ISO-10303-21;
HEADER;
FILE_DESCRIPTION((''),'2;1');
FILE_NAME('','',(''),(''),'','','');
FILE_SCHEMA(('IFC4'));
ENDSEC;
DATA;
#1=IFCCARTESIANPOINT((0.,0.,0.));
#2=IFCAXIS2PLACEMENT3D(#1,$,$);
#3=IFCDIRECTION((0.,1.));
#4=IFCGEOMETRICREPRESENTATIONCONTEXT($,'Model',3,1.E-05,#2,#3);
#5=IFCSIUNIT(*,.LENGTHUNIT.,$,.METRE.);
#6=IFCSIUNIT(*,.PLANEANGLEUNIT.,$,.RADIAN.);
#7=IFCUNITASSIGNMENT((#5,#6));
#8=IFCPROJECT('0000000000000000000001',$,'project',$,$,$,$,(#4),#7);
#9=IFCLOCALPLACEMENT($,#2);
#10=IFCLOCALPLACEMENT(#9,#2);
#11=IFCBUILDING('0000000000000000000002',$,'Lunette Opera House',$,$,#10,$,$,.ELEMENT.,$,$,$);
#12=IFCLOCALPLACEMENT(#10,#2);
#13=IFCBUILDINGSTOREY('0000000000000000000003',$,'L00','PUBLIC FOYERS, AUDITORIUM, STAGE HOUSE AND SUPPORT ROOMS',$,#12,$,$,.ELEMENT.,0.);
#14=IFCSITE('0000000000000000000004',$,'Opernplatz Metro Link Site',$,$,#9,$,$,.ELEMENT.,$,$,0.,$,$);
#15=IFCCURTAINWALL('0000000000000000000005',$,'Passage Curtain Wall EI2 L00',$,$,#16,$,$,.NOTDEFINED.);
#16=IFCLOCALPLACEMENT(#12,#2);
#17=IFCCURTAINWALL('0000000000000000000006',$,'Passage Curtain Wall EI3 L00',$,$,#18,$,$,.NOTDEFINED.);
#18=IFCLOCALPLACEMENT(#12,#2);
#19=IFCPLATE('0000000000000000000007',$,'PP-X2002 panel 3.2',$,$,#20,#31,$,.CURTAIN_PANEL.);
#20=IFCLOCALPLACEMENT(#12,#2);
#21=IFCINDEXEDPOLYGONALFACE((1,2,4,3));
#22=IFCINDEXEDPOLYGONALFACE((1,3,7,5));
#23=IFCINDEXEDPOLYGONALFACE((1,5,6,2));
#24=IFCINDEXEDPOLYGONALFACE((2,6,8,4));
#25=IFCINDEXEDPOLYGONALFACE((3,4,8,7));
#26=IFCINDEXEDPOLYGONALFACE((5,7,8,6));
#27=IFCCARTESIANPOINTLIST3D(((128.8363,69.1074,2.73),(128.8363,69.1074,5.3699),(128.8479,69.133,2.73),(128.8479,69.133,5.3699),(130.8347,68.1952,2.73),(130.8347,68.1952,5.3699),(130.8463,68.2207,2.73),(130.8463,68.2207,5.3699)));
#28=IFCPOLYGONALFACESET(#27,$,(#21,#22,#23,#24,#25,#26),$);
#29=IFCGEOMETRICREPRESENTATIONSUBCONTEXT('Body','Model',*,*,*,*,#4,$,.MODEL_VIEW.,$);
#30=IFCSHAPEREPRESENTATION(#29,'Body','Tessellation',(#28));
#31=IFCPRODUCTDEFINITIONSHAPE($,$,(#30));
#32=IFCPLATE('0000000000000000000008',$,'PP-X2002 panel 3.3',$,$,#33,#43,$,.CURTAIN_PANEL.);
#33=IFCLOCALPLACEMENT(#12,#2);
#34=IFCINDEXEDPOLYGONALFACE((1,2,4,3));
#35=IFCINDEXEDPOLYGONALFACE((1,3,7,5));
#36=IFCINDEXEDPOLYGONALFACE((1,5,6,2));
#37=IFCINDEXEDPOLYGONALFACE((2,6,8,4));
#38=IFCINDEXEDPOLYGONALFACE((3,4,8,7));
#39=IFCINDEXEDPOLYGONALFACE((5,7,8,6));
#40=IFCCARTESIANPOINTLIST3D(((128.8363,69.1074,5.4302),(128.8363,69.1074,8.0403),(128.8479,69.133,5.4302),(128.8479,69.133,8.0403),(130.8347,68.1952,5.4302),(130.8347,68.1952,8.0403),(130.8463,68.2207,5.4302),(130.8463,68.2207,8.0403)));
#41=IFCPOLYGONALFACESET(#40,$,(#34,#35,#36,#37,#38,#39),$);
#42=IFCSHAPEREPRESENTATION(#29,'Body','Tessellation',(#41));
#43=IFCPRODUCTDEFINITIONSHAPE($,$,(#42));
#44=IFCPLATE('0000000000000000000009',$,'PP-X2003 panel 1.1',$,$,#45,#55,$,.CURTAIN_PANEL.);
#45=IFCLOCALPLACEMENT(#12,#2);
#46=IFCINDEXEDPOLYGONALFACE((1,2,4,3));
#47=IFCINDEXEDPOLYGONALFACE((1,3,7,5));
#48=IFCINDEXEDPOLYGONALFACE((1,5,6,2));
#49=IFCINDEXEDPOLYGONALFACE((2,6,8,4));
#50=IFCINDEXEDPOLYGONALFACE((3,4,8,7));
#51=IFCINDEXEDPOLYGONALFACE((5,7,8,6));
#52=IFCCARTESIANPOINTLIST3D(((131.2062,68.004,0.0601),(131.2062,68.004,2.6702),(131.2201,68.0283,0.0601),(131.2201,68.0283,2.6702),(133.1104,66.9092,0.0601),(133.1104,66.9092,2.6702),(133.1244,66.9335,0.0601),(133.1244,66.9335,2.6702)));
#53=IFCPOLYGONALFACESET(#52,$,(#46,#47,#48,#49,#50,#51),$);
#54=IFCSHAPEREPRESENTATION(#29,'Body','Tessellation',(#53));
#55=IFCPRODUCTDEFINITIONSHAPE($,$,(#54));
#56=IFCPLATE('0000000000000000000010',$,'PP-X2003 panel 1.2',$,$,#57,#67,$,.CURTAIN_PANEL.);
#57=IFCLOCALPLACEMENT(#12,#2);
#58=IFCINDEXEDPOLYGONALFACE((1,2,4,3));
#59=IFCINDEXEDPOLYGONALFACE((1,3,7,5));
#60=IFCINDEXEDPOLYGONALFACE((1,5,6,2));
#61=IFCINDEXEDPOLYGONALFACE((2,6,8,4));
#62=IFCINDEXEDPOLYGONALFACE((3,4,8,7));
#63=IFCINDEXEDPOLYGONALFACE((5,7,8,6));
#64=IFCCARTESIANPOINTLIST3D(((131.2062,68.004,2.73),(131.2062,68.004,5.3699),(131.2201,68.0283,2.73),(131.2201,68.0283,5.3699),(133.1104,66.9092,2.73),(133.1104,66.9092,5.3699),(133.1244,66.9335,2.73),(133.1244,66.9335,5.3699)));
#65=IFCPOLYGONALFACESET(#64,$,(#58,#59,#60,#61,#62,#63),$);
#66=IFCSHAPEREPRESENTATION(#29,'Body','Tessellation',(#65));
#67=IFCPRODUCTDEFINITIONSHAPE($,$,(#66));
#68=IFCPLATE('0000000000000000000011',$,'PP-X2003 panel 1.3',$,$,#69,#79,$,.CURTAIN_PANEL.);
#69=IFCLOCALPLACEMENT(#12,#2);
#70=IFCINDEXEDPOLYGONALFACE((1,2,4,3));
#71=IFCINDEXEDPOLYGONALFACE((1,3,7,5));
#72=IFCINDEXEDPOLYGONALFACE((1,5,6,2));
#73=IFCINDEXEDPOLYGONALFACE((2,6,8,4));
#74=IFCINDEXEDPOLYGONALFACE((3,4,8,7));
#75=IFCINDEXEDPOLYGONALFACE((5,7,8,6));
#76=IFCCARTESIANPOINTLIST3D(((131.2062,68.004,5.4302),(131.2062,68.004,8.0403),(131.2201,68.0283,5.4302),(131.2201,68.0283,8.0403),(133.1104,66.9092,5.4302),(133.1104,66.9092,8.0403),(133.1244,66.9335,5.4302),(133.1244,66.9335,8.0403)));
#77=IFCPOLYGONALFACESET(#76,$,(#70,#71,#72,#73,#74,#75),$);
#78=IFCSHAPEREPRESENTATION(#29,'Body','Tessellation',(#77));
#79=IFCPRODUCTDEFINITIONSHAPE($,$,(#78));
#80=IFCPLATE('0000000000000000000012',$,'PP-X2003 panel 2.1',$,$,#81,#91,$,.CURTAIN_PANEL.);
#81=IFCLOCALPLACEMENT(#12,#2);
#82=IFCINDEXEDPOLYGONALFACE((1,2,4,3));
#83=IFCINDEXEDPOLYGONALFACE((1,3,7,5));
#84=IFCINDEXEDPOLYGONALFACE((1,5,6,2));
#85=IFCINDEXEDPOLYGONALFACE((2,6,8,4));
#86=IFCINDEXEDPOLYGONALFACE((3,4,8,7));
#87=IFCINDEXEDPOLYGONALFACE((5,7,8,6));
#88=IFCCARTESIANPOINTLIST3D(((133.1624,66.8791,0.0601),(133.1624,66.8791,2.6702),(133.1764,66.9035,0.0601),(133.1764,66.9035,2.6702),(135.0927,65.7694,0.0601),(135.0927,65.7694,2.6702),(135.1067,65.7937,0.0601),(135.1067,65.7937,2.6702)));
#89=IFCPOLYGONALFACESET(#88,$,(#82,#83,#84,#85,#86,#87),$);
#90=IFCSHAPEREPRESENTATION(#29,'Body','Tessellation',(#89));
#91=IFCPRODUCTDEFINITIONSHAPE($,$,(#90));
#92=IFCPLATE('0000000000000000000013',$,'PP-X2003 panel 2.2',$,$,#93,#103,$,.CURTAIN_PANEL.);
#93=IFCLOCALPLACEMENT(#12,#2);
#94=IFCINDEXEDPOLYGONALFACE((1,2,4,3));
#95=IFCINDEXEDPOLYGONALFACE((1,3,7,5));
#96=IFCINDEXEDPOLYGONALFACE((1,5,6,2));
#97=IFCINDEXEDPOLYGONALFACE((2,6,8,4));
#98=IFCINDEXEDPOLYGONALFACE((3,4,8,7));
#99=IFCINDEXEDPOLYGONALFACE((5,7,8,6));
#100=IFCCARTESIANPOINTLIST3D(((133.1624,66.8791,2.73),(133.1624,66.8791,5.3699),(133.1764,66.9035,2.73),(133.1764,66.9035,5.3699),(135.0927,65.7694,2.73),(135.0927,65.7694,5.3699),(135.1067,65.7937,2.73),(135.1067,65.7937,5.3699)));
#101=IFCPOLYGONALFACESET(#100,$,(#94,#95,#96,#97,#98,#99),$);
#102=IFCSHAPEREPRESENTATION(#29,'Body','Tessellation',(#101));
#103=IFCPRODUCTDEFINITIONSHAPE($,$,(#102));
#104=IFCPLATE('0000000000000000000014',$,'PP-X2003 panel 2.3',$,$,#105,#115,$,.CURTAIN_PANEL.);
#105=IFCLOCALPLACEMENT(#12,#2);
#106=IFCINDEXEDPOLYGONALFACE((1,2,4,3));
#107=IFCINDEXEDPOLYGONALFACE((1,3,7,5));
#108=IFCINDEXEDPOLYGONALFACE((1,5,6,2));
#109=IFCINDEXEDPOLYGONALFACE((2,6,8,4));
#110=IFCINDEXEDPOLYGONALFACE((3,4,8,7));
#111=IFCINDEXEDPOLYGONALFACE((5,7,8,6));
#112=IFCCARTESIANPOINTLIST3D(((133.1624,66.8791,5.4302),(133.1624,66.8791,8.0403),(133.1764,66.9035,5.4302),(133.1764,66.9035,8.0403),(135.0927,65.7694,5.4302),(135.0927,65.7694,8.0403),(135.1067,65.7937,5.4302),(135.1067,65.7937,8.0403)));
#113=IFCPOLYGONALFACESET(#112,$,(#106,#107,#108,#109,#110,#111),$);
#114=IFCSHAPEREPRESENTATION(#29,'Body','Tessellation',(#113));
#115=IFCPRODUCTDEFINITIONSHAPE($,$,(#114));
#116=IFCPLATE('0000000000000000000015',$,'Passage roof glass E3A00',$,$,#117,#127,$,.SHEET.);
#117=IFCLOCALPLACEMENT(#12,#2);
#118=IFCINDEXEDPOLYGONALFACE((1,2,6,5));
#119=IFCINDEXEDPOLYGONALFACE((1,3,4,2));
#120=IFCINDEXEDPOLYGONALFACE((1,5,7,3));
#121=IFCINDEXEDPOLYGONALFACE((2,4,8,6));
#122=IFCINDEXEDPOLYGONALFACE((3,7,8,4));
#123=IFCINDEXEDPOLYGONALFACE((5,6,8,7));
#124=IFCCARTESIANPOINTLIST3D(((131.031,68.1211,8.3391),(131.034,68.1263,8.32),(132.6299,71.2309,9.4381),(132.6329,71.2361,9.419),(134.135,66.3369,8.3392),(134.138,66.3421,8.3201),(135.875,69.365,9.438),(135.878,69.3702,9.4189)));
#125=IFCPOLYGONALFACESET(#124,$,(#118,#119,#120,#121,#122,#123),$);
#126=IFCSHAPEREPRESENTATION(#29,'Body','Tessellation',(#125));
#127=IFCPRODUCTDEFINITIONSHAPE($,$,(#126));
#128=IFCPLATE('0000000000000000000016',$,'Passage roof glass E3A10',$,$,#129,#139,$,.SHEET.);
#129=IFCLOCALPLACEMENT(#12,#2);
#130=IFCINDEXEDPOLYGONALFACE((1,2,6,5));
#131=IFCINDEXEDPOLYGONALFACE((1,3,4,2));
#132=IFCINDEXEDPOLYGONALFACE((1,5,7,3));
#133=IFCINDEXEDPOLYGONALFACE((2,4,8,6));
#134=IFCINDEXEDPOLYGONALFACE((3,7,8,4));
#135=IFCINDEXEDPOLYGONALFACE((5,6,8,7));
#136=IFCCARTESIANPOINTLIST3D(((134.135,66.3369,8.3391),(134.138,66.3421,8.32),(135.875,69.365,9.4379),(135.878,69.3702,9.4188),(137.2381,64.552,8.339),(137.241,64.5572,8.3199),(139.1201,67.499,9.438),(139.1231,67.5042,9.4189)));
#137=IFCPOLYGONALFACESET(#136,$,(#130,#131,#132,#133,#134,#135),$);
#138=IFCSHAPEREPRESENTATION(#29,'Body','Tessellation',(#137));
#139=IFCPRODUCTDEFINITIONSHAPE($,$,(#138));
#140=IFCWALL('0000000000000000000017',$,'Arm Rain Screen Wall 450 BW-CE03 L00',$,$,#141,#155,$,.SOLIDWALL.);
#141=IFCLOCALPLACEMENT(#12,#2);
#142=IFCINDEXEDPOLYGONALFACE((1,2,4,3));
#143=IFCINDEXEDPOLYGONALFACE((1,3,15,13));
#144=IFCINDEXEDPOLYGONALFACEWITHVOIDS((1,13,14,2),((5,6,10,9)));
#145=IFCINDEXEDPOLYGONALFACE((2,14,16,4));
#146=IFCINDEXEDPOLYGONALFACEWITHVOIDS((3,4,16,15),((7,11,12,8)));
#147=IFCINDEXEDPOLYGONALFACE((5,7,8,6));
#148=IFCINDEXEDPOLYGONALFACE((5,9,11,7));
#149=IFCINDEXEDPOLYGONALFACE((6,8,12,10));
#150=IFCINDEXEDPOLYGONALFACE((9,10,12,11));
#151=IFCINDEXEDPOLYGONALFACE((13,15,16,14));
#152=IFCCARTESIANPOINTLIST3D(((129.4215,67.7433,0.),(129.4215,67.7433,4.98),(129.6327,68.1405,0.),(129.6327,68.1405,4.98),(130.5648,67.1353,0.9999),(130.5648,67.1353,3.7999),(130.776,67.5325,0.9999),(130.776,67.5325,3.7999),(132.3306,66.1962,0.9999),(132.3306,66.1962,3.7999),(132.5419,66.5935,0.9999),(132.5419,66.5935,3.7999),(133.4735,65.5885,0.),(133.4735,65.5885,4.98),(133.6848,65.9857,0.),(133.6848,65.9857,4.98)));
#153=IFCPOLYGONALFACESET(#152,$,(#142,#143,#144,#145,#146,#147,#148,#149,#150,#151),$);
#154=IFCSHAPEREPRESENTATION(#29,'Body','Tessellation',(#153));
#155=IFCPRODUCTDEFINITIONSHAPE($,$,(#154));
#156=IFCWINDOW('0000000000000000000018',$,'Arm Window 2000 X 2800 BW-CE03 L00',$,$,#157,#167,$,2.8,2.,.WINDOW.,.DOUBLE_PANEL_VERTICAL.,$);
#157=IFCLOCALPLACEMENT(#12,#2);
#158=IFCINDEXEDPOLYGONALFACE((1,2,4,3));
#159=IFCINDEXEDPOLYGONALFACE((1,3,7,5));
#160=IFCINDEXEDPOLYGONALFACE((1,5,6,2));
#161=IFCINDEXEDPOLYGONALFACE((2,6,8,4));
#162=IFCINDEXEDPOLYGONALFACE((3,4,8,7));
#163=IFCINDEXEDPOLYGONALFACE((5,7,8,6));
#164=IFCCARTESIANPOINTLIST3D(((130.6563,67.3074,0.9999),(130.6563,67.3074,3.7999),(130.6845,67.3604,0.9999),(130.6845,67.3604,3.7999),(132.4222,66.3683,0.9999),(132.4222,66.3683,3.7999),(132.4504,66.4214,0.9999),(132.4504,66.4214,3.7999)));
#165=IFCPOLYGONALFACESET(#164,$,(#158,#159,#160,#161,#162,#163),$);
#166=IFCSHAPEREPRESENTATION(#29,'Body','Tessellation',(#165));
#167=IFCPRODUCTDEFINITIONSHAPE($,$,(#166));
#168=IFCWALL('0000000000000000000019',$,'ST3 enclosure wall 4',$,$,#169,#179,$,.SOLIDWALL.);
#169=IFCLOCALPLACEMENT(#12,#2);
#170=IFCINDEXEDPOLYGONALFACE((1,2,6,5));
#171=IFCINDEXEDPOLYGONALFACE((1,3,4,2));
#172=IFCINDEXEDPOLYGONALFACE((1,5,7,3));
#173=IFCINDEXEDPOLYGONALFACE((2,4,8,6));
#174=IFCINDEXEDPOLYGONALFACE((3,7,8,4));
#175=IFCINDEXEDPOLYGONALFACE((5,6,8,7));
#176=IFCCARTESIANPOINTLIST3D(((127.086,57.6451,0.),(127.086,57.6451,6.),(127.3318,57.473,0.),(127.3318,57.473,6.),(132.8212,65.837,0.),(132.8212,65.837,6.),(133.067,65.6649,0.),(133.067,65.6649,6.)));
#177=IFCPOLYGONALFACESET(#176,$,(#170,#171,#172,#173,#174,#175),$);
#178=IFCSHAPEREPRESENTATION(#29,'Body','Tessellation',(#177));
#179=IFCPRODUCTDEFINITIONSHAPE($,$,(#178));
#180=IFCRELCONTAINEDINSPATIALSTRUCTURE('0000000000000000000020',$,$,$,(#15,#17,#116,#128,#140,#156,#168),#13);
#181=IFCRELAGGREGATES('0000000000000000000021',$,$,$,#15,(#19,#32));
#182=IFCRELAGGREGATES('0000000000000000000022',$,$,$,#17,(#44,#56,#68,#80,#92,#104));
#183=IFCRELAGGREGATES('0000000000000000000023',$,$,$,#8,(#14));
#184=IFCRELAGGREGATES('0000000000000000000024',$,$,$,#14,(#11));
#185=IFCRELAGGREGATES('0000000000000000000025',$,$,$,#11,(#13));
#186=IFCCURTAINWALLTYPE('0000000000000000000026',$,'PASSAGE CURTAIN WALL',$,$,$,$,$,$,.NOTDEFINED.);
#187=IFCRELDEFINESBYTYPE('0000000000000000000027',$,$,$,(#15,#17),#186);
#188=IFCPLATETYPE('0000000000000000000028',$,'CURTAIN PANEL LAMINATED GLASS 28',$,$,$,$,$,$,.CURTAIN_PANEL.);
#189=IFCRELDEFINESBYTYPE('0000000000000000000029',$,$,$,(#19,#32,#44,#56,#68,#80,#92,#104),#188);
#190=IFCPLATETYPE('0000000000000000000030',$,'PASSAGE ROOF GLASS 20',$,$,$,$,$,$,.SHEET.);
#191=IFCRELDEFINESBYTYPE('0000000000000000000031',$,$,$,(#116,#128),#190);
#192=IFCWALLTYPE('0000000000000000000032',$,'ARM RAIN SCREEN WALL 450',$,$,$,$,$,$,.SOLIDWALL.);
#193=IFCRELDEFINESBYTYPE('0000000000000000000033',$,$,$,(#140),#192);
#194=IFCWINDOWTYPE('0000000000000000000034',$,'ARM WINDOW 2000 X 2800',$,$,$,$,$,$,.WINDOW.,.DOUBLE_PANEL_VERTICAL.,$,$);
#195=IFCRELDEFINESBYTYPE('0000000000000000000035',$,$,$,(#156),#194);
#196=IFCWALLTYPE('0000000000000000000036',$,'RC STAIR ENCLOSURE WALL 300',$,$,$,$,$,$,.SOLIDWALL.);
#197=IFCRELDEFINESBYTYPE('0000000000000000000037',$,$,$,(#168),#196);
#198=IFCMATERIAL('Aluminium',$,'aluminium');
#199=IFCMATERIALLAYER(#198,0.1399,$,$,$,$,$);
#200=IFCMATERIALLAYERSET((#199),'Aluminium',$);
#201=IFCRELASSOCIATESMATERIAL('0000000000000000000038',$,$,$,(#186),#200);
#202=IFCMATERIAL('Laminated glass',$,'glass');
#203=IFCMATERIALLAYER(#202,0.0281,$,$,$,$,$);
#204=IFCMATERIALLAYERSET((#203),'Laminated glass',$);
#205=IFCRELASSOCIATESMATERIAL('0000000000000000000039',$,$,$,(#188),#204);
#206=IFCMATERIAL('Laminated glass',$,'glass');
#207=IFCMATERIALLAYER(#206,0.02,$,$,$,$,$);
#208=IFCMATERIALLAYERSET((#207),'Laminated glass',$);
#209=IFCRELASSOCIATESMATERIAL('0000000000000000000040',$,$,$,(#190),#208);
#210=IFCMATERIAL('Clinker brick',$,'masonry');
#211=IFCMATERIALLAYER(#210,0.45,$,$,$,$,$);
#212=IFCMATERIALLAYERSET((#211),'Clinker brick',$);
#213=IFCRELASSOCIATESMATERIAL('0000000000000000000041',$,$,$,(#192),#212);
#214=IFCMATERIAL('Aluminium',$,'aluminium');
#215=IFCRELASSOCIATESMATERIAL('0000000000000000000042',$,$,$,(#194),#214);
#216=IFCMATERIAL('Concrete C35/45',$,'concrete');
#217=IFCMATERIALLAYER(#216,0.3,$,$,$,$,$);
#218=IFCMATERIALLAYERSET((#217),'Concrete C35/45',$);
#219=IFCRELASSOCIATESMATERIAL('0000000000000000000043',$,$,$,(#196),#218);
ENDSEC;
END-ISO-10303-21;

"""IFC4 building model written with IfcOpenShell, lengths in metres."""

from ifc_helpers import new_model, si_unit, direction, frame, frame_2d, origin, origin_2d, place, context, subcontext, project, spatial, polyline, rectangle, outline, extrude, material, layer, layer_set, type_object, element, fill, aggregate, save


model = new_model("IFC4")

# Units and contexts
model_context = context("Model", 3, precision=1e-05, world=origin(), true_north=direction((0.0, 1.0)))
body_context = subcontext(model_context, "Body", "Model", "MODEL_VIEW")
ifc_project = project(units=[si_unit("LENGTHUNIT", "METRE"), si_unit("PLANEANGLEUNIT", "RADIAN")], contexts=[model_context])

# Site, building, storey
site_placement = place(None, origin())
site = spatial("IfcSite", under=ifc_project, at=site_placement, Name="Opernplatz Metro Link Site", CompositionType="ELEMENT", RefElevation=0.0)
building_placement = place(site_placement, origin())
building = spatial("IfcBuilding", under=site, at=building_placement, Name="Lunette Opera House", CompositionType="ELEMENT")
storey_placement = place(building_placement, origin())
storey = spatial("IfcBuildingStorey", under=building, at=storey_placement, Name="L00", Description="PUBLIC FOYERS, AUDITORIUM, STAGE HOUSE AND SUPPORT ROOMS", CompositionType="ELEMENT", Elevation=0.0)

# Curtain wall
ifc_material_1 = material(Name="Aluminium", Category="aluminium")
ifc_layer_1 = layer(ifc_material_1, 0.1399)
ifc_layer_set_1 = layer_set([ifc_layer_1], Name="Aluminium")
curtain_wall_type = type_object("IfcCurtainWallType", Name="PASSAGE CURTAIN WALL", PredefinedType="NOTDEFINED", material=ifc_layer_set_1)
curtain_wall_1_placement = place(storey_placement, origin())
curtain_wall_1 = element("IfcCurtainWall", 1, at=curtain_wall_1_placement, inside=storey, type_object=curtain_wall_type, Name="Passage Curtain Wall EI2 L00", PredefinedType="NOTDEFINED")

# Curtain wall
curtain_wall_2_placement = place(storey_placement, origin())
curtain_wall_2 = element("IfcCurtainWall", 2, at=curtain_wall_2_placement, inside=storey, type_object=curtain_wall_type, Name="Passage Curtain Wall EI3 L00", PredefinedType="NOTDEFINED")

# Plates
ifc_material_2 = material(Name="Laminated glass", Category="glass")
ifc_layer_2 = layer(ifc_material_2, 0.0281)
ifc_layer_set_2 = layer_set([ifc_layer_2], Name="Laminated glass")
plate_type_1 = type_object("IfcPlateType", Name="CURTAIN PANEL LAMINATED GLASS 28", PredefinedType="CURTAIN_PANEL", material=ifc_layer_set_2)
plate_1_placement = place(storey_placement, frame((129.8413, 68.6641, 2.73), z_axis=(0.0, 0.0, 1.0), x_axis=(0.909696, -0.415274, 0.0)))
plate_1 = element("IfcPlate", 3, at=plate_1_placement, type_object=plate_type_1, Name="PP-X2002 panel 3.2", PredefinedType="CURTAIN_PANEL", context=body_context, shape_type="SweptSolid", body=[
    extrude(rectangle(XDim=2.1968, YDim=0.0281, at=origin_2d()), origin(), (0.0, 0.0, 1.0), 2.6399),
])
plate_2_placement = place(storey_placement, frame((129.8413, 68.6641, 5.4302), z_axis=(0.0, 0.0, 1.0), x_axis=(0.909696, -0.415274, 0.0)))
plate_2 = element("IfcPlate", 4, at=plate_2_placement, type_object=plate_type_1, Name="PP-X2002 panel 3.3", PredefinedType="CURTAIN_PANEL", context=body_context, shape_type="SweptSolid", body=[
    extrude(rectangle(XDim=2.1968, YDim=0.0281, at=origin_2d()), origin(), (0.0, 0.0, 1.0), 2.6101),
])
aggregate(curtain_wall_1, [plate_1, plate_2])
plate_3_placement = place(storey_placement, frame((132.1653, 67.4688, 0.0601), z_axis=(0.0, 0.0, 1.0), x_axis=(0.866939, -0.498414, 0.0)))
plate_3 = element("IfcPlate", 5, at=plate_3_placement, type_object=plate_type_1, Name="PP-X2003 panel 1.1", PredefinedType="CURTAIN_PANEL", context=body_context, shape_type="SweptSolid", body=[
    extrude(rectangle(XDim=2.1965, YDim=0.0281, at=origin_2d()), origin(), (0.0, 0.0, 1.0), 2.6101),
])
plate_4_placement = place(storey_placement, frame((132.1653, 67.4688, 2.73), z_axis=(0.0, 0.0, 1.0), x_axis=(0.866939, -0.498414, 0.0)))
plate_4 = element("IfcPlate", 6, at=plate_4_placement, type_object=plate_type_1, Name="PP-X2003 panel 1.2", PredefinedType="CURTAIN_PANEL", context=body_context, shape_type="SweptSolid", body=[
    extrude(rectangle(XDim=2.1965, YDim=0.0281, at=origin_2d()), origin(), (0.0, 0.0, 1.0), 2.6399),
])
plate_5_placement = place(storey_placement, frame((132.1653, 67.4688, 5.4302), z_axis=(0.0, 0.0, 1.0), x_axis=(0.866939, -0.498414, 0.0)))
plate_5 = element("IfcPlate", 7, at=plate_5_placement, type_object=plate_type_1, Name="PP-X2003 panel 1.3", PredefinedType="CURTAIN_PANEL", context=body_context, shape_type="SweptSolid", body=[
    extrude(rectangle(XDim=2.1965, YDim=0.0281, at=origin_2d()), origin(), (0.0, 0.0, 1.0), 2.6101),
])
plate_6_placement = place(storey_placement, frame((134.1345, 66.3364, 0.0601), z_axis=(0.0, 0.0, 1.0), x_axis=(0.866939, -0.498414, 0.0)))
plate_6 = element("IfcPlate", 8, at=plate_6_placement, type_object=plate_type_1, Name="PP-X2003 panel 2.1", PredefinedType="CURTAIN_PANEL", context=body_context, shape_type="SweptSolid", body=[
    extrude(rectangle(XDim=2.2266, YDim=0.0281, at=origin_2d()), origin(), (0.0, 0.0, 1.0), 2.6101),
])
plate_7_placement = place(storey_placement, frame((134.1345, 66.3364, 2.73), z_axis=(0.0, 0.0, 1.0), x_axis=(0.866939, -0.498414, 0.0)))
plate_7 = element("IfcPlate", 9, at=plate_7_placement, type_object=plate_type_1, Name="PP-X2003 panel 2.2", PredefinedType="CURTAIN_PANEL", context=body_context, shape_type="SweptSolid", body=[
    extrude(rectangle(XDim=2.2266, YDim=0.0281, at=origin_2d()), origin(), (0.0, 0.0, 1.0), 2.6399),
])
plate_8_placement = place(storey_placement, frame((134.1345, 66.3364, 5.4302), z_axis=(0.0, 0.0, 1.0), x_axis=(0.866939, -0.498414, 0.0)))
plate_8 = element("IfcPlate", 10, at=plate_8_placement, type_object=plate_type_1, Name="PP-X2003 panel 2.3", PredefinedType="CURTAIN_PANEL", context=body_context, shape_type="SweptSolid", body=[
    extrude(rectangle(XDim=2.2266, YDim=0.0281, at=origin_2d()), origin(), (0.0, 0.0, 1.0), 2.6101),
])
aggregate(curtain_wall_2, [plate_3, plate_4, plate_5, plate_6, plate_7, plate_8])

# Plates
ifc_material_3 = material(Name="Laminated glass", Category="glass")
ifc_layer_3 = layer(ifc_material_3, 0.02)
ifc_layer_set_3 = layer_set([ifc_layer_3], Name="Laminated glass")
plate_type_2 = type_object("IfcPlateType", Name="PASSAGE ROOF GLASS 20", PredefinedType="SHEET", material=ifc_layer_set_3)
plate_9_placement = place(storey_placement, frame((131.031, 68.1211, 8.3391), z_axis=(-0.149582, -0.260186, 0.953902), x_axis=(0.866978, -0.498347, 0.000023)))
element("IfcPlate", 11, at=plate_9_placement, inside=storey, type_object=plate_type_2, Name="Passage roof glass E3A00", PredefinedType="SHEET", context=body_context, shape_type="SweptSolid", body=[
    extrude(outline(polyline([(0.0, 0.0), (3.5802, 0.0), (3.5798, 3.6612), (-0.1636, 3.6618), (0.0, 0.0)])), origin(), (0.0, 0.0, -1.0), 0.02),
])
plate_10_placement = place(storey_placement, frame((134.135, 66.3369, 8.3391), z_axis=(-0.149622, -0.260163, 0.953902), x_axis=(0.866829, -0.498606, -0.000023)))
element("IfcPlate", 12, at=plate_10_placement, inside=storey, type_object=plate_type_2, Name="Passage roof glass E3A10", PredefinedType="SHEET", context=body_context, shape_type="SweptSolid", body=[
    extrude(outline(polyline([(0.0, 0.0), (3.5798, 0.0), (3.7418, 3.6618), (-0.0016, 3.6612), (0.0, 0.0)])), origin(), (0.0, 0.0, -1.0), 0.02),
])

# Wall, opening, window
ifc_material_4 = material(Name="Clinker brick", Category="masonry")
ifc_layer_4 = layer(ifc_material_4, 0.45)
ifc_layer_set_4 = layer_set([ifc_layer_4], Name="Clinker brick")
wall_type_1 = type_object("IfcWallType", Name="ARM RAIN SCREEN WALL 450", PredefinedType="SOLIDWALL", material=ifc_layer_set_4)
wall_1_placement = place(storey_placement, frame((129.5271, 67.9419, 0.0), z_axis=(0.0, 0.0, 1.0), x_axis=(0.882921, -0.469522, 0.0)))
wall_1 = element("IfcWall", 13, at=wall_1_placement, inside=storey, type_object=wall_type_1, Name="Arm Rain Screen Wall 450 BW-CE03 L00", PredefinedType="SOLIDWALL", context=body_context, shape_type="SweptSolid", body=[
    extrude(rectangle(XDim=4.5894, YDim=0.45, at=frame_2d((2.2947, 0.0))), origin(), (0.0, 0.0, 1.0), 4.98),
])
opening_1_placement = place(wall_1_placement, frame((1.2949, 0.0, 1.0)))
opening_1 = element("IfcOpeningElement", 14, at=opening_1_placement, cuts=wall_1, PredefinedType="OPENING", context=body_context, shape_type="SweptSolid", body=[
    extrude(rectangle(XDim=2.0, YDim=2.8, at=frame_2d((1.0, 1.3999))), frame((0.0, 0.2371, 0.0), z_axis=(0.0, -1.0, 0.0), x_axis=(1.0, 0.0, 0.0)), (0.0, 0.0, 1.0), 0.4739),
])
ifc_material_5 = material(Name="Aluminium", Category="aluminium")
window_type = type_object("IfcWindowType", Name="ARM WINDOW 2000 X 2800", PartitioningType="DOUBLE_PANEL_VERTICAL", PredefinedType="WINDOW", material=ifc_material_5)
window_placement = place(opening_1_placement, origin())
window = element("IfcWindow", 15, at=window_placement, inside=storey, type_object=window_type, Name="Arm Window 2000 X 2800 BW-CE03 L00", OverallHeight=2.8, OverallWidth=2.0, PartitioningType="DOUBLE_PANEL_VERTICAL", PredefinedType="WINDOW", context=body_context, shape_type="SweptSolid", body=[
    extrude(rectangle(XDim=2.0, YDim=2.8, at=frame_2d((1.0, 1.3999))), frame((0.0, 0.03, 0.0), z_axis=(0.0, -1.0, 0.0), x_axis=(1.0, 0.0, 0.0)), (0.0, 0.0, 1.0), 0.0601),
])
fill(opening_1, window)

# Wall
ifc_material_6 = material(Name="Concrete C35/45", Category="concrete")
ifc_layer_5 = layer(ifc_material_6, 0.3)
ifc_layer_set_5 = layer_set([ifc_layer_5], Name="Concrete C35/45")
wall_type_2 = type_object("IfcWallType", Name="RC STAIR ENCLOSURE WALL 300", PredefinedType="SOLIDWALL", material=ifc_layer_set_5)
wall_2_placement = place(storey_placement, frame((132.9441, 65.751, 0.0), z_axis=(0.0, 0.0, 1.0), x_axis=(-0.573515, -0.819195, 0.0)))
element("IfcWall", 16, at=wall_2_placement, inside=storey, type_object=wall_type_2, Name="ST3 enclosure wall 4", PredefinedType="SOLIDWALL", context=body_context, shape_type="SweptSolid", body=[
    extrude(rectangle(XDim=10.0, YDim=0.3, at=frame_2d((5.0, 0.0))), origin(), (0.0, 0.0, 1.0), 6.0),
])

save(model, "model.ifc")
